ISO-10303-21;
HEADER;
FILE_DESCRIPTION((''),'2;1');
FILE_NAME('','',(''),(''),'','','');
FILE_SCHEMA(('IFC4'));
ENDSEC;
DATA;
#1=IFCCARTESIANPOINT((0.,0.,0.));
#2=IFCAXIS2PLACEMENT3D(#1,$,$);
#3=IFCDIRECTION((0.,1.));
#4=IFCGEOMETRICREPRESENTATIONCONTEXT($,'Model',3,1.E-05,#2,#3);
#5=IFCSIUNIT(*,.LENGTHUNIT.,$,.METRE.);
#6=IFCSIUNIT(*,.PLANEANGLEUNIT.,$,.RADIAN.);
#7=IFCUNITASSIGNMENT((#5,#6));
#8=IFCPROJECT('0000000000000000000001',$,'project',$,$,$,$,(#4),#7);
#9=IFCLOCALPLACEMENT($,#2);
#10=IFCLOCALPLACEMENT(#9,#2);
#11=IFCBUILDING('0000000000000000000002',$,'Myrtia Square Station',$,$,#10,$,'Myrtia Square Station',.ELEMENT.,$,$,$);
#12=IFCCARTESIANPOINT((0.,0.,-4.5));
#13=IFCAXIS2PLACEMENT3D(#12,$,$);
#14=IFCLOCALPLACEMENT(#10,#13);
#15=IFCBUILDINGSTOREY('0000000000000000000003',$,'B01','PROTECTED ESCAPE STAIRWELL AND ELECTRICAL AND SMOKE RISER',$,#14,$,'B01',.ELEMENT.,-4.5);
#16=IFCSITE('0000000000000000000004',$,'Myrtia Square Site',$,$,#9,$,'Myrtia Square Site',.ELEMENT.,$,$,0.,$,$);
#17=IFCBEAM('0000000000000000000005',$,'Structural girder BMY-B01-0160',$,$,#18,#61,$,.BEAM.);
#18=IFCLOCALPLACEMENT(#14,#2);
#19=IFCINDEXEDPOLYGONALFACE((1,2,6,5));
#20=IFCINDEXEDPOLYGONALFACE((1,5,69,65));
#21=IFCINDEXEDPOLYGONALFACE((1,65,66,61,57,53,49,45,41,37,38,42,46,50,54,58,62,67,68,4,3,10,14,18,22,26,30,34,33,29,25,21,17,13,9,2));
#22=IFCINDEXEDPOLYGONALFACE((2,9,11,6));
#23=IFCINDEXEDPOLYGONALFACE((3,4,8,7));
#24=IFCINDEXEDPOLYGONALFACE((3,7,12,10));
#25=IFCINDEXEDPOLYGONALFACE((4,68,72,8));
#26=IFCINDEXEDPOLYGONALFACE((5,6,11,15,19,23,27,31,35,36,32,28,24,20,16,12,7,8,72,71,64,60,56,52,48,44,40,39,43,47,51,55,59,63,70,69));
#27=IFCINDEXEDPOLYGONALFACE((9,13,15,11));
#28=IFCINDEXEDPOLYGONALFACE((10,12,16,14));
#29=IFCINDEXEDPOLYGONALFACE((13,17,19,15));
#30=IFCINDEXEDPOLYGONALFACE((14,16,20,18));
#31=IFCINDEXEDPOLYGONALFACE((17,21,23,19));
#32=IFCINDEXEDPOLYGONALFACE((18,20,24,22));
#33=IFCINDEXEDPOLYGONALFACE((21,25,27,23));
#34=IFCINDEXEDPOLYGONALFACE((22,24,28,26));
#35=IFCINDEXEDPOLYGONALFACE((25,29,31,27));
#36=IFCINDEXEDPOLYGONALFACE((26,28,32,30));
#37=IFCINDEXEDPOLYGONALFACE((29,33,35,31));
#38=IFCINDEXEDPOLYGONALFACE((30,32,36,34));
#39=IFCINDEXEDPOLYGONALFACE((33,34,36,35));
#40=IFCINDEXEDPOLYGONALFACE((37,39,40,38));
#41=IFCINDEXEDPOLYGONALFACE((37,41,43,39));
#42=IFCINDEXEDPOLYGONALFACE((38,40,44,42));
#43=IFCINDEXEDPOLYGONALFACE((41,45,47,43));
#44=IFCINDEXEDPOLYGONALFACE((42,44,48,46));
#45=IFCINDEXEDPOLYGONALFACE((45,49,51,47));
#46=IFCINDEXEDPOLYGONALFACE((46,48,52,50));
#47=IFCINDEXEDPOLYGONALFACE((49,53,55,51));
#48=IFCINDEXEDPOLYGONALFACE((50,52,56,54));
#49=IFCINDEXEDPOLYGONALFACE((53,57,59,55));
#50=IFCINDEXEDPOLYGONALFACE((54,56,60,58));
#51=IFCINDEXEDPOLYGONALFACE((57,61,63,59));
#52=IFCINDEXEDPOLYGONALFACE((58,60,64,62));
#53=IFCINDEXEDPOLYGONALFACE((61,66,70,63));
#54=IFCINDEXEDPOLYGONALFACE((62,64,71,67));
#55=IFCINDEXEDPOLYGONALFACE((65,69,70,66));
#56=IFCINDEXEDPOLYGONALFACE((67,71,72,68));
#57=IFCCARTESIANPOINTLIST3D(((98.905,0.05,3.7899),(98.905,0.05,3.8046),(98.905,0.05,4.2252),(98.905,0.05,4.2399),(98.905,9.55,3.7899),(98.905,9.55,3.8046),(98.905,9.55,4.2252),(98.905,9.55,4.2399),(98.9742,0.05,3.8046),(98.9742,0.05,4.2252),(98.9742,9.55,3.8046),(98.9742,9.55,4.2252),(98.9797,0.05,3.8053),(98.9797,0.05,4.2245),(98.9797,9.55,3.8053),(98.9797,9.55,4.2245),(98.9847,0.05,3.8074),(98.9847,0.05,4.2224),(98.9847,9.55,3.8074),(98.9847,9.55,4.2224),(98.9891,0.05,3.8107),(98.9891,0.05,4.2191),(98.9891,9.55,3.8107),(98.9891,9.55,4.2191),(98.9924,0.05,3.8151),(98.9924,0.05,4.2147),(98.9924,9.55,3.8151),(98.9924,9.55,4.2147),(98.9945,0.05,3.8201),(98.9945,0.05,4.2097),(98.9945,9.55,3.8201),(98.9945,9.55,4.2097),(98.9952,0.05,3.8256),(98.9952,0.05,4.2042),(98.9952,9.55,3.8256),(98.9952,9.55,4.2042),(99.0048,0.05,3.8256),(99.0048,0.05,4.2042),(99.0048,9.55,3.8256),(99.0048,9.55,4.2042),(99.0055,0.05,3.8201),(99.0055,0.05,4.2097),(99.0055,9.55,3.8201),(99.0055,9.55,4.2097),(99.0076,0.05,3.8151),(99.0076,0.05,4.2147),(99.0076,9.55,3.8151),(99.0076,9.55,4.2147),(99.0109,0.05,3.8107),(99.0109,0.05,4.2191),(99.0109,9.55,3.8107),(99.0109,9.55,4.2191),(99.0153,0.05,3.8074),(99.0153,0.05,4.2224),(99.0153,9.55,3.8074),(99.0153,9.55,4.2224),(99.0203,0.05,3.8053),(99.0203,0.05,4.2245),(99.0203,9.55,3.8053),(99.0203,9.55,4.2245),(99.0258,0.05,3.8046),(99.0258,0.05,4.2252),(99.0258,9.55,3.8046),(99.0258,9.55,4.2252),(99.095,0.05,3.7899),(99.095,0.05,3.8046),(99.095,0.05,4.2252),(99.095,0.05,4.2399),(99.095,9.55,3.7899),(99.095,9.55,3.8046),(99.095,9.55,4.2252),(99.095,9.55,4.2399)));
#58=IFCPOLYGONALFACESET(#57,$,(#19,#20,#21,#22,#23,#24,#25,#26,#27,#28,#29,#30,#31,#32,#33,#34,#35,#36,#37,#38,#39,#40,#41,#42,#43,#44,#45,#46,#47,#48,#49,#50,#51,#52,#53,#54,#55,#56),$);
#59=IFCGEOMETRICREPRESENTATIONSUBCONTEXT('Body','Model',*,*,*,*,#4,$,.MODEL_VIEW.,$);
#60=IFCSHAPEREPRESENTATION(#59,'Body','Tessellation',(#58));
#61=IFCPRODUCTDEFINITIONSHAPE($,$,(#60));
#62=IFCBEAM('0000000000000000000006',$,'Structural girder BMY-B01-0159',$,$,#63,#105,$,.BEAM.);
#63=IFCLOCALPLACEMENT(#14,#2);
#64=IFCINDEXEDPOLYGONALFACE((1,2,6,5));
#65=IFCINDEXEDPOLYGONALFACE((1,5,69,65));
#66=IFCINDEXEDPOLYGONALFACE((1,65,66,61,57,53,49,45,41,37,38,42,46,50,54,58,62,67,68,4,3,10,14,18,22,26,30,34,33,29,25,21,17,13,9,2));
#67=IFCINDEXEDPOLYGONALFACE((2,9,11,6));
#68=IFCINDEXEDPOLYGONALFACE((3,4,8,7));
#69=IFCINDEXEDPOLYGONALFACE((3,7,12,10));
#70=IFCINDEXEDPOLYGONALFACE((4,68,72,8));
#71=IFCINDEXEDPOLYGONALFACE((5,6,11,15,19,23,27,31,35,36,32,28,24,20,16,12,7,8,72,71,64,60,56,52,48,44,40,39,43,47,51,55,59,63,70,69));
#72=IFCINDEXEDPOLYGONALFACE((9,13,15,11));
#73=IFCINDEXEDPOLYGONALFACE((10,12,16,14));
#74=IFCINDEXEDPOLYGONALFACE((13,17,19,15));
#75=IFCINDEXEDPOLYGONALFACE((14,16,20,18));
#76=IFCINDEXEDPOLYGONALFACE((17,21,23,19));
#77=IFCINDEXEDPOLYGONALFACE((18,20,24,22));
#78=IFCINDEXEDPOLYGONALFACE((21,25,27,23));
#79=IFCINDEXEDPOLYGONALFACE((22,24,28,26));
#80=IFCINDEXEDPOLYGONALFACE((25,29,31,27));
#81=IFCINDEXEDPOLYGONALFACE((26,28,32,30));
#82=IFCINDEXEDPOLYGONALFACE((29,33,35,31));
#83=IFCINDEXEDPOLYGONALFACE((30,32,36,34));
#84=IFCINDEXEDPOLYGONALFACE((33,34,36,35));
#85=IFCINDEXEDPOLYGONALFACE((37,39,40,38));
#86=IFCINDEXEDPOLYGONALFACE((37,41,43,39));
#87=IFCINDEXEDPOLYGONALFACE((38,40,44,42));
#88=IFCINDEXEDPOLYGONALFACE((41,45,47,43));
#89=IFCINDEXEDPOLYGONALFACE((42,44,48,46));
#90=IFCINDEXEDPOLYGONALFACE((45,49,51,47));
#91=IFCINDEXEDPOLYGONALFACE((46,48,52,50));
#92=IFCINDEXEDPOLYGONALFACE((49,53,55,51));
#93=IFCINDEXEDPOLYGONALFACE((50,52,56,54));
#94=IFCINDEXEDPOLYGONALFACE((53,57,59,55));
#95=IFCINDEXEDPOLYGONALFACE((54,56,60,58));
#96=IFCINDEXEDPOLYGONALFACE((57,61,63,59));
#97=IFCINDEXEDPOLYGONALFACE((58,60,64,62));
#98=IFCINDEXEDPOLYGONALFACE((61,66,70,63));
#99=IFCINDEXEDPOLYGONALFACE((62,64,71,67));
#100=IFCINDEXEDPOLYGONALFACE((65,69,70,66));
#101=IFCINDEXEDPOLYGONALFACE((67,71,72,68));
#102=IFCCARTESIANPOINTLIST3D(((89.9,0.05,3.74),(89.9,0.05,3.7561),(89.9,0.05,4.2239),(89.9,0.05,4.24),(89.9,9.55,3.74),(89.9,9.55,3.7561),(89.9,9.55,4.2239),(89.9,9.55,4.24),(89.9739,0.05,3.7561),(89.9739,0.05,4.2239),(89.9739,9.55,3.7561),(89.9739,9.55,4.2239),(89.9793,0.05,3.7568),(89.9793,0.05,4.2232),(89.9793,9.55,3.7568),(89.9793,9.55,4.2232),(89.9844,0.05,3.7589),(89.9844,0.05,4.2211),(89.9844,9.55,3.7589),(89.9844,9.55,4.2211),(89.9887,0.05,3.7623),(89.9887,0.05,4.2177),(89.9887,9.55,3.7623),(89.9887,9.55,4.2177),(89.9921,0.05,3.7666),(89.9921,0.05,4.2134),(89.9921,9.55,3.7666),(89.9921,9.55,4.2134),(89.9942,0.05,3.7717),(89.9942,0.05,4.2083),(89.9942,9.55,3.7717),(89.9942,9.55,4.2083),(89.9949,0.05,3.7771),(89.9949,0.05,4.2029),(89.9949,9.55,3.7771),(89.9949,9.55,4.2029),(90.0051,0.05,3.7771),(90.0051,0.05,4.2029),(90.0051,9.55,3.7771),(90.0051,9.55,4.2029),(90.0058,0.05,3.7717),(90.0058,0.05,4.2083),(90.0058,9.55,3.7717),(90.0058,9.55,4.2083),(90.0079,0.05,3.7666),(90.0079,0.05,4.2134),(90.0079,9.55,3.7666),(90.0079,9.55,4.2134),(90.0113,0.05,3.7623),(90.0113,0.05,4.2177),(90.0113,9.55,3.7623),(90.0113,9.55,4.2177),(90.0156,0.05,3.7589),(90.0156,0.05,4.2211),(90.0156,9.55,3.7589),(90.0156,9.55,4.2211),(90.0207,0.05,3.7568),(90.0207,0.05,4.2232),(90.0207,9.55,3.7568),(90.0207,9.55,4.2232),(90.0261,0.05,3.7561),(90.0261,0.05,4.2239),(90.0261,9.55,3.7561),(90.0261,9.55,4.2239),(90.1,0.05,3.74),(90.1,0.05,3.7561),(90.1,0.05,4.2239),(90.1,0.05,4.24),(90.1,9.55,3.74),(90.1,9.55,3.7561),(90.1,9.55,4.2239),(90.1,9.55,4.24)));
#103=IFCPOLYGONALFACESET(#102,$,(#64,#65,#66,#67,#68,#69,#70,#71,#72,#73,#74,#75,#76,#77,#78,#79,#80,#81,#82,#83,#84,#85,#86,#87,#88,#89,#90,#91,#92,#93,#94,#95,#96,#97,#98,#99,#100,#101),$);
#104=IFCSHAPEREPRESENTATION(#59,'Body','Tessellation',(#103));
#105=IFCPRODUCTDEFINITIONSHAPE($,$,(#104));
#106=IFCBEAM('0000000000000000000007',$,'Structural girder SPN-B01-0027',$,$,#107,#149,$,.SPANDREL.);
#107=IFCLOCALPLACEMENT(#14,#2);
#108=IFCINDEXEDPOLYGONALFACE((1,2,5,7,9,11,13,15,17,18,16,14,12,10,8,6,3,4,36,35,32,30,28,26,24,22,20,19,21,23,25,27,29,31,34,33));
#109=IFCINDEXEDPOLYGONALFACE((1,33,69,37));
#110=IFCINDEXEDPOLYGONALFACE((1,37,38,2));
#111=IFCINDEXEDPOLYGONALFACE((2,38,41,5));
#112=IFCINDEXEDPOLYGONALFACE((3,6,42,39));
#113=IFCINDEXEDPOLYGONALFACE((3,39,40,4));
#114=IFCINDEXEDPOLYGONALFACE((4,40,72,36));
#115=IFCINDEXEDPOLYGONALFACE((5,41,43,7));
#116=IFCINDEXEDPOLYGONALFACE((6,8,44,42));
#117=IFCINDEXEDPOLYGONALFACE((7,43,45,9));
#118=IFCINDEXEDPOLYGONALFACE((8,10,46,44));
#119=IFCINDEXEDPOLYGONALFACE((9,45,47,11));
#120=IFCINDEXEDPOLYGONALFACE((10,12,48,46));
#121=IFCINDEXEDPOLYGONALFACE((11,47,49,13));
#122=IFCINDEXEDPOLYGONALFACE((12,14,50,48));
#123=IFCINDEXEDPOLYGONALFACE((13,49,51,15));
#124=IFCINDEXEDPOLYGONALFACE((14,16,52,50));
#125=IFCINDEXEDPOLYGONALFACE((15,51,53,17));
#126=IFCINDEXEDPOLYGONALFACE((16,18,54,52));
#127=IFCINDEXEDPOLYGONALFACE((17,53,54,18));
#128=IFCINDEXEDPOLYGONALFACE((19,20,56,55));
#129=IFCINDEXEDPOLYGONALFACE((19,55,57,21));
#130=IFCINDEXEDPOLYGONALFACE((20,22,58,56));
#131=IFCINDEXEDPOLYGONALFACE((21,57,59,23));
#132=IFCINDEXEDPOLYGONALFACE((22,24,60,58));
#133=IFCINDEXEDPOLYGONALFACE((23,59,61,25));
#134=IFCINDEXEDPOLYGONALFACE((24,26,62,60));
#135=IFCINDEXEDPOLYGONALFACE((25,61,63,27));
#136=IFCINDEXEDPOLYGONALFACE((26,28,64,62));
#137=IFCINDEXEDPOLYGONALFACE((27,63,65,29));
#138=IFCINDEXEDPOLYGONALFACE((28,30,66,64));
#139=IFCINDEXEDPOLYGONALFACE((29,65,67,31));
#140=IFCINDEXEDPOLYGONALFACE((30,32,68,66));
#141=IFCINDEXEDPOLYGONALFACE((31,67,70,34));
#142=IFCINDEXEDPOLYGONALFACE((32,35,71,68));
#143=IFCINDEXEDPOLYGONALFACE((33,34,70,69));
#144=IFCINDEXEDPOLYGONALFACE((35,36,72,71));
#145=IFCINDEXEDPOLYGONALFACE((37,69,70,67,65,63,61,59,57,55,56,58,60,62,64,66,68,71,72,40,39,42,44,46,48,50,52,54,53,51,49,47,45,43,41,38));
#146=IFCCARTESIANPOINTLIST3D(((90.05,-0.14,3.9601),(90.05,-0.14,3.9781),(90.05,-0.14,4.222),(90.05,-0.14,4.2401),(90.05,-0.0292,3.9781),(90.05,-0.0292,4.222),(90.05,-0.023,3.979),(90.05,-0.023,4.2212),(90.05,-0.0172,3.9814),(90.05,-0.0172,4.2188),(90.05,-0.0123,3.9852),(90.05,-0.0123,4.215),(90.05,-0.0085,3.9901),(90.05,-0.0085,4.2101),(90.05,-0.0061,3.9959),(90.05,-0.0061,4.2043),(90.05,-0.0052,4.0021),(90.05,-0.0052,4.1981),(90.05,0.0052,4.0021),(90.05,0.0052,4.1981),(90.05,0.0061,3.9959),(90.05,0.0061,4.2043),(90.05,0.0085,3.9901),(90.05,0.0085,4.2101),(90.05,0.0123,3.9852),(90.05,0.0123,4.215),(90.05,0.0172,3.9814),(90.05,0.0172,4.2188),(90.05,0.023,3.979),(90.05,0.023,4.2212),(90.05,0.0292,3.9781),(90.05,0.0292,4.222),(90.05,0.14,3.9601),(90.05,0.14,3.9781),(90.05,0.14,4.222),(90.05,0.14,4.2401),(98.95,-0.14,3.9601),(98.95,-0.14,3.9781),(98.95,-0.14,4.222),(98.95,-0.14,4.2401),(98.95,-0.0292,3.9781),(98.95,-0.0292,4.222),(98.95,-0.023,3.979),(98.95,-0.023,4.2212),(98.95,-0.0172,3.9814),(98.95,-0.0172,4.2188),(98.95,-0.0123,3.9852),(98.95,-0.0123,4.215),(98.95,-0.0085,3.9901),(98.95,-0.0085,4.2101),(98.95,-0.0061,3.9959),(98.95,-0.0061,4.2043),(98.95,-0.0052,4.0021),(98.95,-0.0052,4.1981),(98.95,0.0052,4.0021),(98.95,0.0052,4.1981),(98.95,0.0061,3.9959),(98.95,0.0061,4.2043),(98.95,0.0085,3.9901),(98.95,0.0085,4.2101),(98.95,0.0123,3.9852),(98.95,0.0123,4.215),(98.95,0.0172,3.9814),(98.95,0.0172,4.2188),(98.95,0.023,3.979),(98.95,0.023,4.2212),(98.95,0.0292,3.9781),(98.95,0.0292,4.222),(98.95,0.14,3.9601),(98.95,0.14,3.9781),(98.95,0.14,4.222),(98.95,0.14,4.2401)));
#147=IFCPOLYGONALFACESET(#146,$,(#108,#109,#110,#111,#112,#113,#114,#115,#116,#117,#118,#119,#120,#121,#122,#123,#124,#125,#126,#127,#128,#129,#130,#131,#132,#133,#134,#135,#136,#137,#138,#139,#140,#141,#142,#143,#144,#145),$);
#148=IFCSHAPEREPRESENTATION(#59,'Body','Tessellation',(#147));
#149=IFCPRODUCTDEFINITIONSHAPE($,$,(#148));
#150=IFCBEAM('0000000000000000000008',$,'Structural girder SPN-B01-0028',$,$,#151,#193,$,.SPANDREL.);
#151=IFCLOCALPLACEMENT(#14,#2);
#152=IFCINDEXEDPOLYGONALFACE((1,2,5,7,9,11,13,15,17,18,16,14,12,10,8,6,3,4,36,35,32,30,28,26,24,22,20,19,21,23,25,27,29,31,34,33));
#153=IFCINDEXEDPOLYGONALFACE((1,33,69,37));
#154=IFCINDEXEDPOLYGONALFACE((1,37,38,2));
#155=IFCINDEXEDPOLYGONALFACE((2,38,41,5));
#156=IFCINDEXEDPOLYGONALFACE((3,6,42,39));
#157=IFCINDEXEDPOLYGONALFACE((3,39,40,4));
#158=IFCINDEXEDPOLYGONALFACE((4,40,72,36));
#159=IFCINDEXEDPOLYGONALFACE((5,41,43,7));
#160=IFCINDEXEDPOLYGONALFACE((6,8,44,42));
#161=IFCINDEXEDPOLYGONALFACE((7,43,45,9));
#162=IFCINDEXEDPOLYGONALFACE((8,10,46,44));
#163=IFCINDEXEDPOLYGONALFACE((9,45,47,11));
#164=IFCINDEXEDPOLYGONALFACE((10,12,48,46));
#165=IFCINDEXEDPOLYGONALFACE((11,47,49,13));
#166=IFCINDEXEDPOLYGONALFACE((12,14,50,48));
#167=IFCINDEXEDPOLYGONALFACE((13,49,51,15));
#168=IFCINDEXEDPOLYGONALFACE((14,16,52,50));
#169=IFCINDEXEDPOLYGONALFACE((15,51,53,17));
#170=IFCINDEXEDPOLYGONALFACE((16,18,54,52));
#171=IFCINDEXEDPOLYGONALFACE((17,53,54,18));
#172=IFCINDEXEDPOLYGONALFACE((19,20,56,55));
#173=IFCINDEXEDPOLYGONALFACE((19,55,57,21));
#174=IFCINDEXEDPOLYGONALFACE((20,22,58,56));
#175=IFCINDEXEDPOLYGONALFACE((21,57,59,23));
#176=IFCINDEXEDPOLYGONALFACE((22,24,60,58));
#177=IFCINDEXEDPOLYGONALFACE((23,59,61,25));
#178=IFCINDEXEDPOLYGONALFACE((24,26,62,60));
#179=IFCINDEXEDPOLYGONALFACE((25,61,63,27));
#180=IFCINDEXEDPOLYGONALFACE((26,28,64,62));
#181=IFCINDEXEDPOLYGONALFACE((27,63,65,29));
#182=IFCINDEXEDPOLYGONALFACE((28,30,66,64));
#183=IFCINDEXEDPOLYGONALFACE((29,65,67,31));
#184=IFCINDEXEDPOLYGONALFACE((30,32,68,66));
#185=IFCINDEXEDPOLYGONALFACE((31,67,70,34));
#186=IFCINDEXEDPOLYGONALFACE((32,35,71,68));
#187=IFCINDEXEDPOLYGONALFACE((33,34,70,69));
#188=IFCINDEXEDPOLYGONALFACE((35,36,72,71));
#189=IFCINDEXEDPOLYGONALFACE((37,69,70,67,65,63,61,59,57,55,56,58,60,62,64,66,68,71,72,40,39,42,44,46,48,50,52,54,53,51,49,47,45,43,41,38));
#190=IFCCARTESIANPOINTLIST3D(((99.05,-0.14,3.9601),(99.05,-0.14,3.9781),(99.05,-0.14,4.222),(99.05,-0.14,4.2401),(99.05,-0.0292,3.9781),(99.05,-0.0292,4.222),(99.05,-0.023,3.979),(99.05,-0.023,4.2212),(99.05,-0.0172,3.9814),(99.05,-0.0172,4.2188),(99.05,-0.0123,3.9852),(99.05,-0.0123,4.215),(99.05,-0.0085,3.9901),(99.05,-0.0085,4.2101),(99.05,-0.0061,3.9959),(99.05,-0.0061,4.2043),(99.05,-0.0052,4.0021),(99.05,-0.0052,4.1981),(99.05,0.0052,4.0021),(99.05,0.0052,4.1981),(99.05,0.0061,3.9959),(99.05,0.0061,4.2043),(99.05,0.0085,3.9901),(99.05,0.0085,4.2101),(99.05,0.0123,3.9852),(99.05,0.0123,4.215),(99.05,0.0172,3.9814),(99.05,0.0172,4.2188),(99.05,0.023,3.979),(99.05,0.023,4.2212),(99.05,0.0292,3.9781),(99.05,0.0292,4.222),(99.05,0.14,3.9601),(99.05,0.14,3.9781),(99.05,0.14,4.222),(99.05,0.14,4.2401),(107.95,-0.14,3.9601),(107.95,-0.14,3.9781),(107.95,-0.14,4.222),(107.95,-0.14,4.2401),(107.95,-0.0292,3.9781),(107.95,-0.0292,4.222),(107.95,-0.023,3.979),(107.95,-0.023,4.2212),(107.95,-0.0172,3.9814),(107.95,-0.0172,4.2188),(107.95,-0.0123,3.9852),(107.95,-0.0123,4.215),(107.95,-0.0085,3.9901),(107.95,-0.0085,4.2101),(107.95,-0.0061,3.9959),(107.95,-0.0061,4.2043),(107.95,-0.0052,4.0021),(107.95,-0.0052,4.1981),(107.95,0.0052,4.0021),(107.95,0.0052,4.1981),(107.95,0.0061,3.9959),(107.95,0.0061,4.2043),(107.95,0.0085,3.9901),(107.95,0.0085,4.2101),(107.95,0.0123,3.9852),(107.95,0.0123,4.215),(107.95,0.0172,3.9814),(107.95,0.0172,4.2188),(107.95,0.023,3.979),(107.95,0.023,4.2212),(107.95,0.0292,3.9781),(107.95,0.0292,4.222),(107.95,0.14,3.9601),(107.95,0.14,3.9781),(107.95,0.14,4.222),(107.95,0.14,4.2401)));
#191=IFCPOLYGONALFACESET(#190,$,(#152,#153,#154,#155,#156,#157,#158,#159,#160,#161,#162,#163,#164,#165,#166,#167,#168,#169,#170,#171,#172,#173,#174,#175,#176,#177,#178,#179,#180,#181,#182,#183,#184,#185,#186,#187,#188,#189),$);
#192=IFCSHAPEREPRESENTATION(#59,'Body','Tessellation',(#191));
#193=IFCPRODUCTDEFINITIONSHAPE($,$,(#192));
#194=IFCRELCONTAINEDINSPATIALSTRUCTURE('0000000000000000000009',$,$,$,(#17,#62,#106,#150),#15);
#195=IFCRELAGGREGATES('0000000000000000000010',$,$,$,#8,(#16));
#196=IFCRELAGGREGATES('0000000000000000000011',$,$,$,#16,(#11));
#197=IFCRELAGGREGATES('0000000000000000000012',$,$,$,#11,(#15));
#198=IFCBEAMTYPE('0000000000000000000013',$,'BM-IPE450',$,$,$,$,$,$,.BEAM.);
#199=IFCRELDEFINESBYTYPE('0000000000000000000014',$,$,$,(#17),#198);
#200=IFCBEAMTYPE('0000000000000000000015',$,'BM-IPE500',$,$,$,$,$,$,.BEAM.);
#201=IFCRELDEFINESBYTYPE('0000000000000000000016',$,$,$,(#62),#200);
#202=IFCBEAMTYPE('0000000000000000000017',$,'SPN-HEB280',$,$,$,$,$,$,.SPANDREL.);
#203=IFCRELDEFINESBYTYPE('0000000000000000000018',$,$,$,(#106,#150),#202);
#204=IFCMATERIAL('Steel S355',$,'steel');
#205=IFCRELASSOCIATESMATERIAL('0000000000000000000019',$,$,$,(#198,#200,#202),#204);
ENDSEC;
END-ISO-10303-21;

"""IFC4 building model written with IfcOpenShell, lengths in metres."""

from ifc_helpers import new_model, si_unit, direction, frame, origin, origin_2d, place, context, subcontext, project, spatial, i_section, extrude, material, material_profile, profile_set, type_object, element, save


model = new_model("IFC4")

# Units and contexts
model_context = context("Model", 3, precision=1e-05, world=origin(), true_north=direction((0.0, 1.0)))
body_context = subcontext(model_context, "Body", "Model", "MODEL_VIEW")
ifc_project = project(units=[si_unit("LENGTHUNIT", "METRE"), si_unit("PLANEANGLEUNIT", "RADIAN")], contexts=[model_context])

# Site, building, storey
site_placement = place(None, origin())
site = spatial("IfcSite", under=ifc_project, at=site_placement, Name="Myrtia Square Site", LongName="Myrtia Square Site", CompositionType="ELEMENT", RefElevation=0.0)
building_placement = place(site_placement, origin())
building = spatial("IfcBuilding", under=site, at=building_placement, Name="Myrtia Square Station", LongName="Myrtia Square Station", CompositionType="ELEMENT")
storey_placement = place(building_placement, frame((0.0, 0.0, -4.5)))
storey = spatial("IfcBuildingStorey", under=building, at=storey_placement, Name="B01", Description="PROTECTED ESCAPE STAIRWELL AND ELECTRICAL AND SMOKE RISER", LongName="B01", CompositionType="ELEMENT", Elevation=-4.5)

# Beams
ifc_material_1 = material(Name="Steel S355", Category="steel")
ifc_material_profile_1 = material_profile(ifc_material_1, i_section(OverallWidth=0.1899, OverallDepth=0.45, WebThickness=0.0095, FlangeThickness=0.0146, FilletRadius=0.021, at=origin_2d()), Name="IPE 450")
ifc_profile_set_1 = profile_set([ifc_material_profile_1], Name="Steel S355")
beam_type_1 = type_object("IfcBeamType", Name="BM-IPE450", PredefinedType="BEAM", material=ifc_profile_set_1)
beam_1_placement = place(storey_placement, frame((99.0, 0.05, 4.0149), z_axis=(0.0, 1.0, 0.0), x_axis=(-1.0, 0.0, 0.0)))
element("IfcBeam", 1, at=beam_1_placement, inside=storey, type_object=beam_type_1, Name="Structural girder BMY-B01-0160", PredefinedType="BEAM", context=body_context, shape_type="SweptSolid", body=[
    extrude(i_section(OverallWidth=0.1899, OverallDepth=0.45, WebThickness=0.0095, FlangeThickness=0.0146, FilletRadius=0.021, at=origin_2d()), origin(), (0.0, 0.0, 1.0), 9.5),
])
ifc_material_profile_2 = material_profile(ifc_material_1, i_section(OverallWidth=0.2, OverallDepth=0.5, WebThickness=0.0103, FlangeThickness=0.0161, FilletRadius=0.021, at=origin_2d()), Name="IPE 500")
ifc_profile_set_2 = profile_set([ifc_material_profile_2], Name="Steel S355")
beam_type_2 = type_object("IfcBeamType", Name="BM-IPE500", PredefinedType="BEAM", material=ifc_profile_set_2)
beam_2_placement = place(storey_placement, frame((90.0, 0.05, 3.99), z_axis=(0.0, 1.0, 0.0), x_axis=(-1.0, 0.0, 0.0)))
element("IfcBeam", 2, at=beam_2_placement, inside=storey, type_object=beam_type_2, Name="Structural girder BMY-B01-0159", PredefinedType="BEAM", context=body_context, shape_type="SweptSolid", body=[
    extrude(i_section(OverallWidth=0.2, OverallDepth=0.5, WebThickness=0.0103, FlangeThickness=0.0161, FilletRadius=0.021, at=origin_2d()), origin(), (0.0, 0.0, 1.0), 9.5),
])
ifc_material_profile_3 = material_profile(ifc_material_1, i_section(OverallWidth=0.28, OverallDepth=0.28, WebThickness=0.0105, FlangeThickness=0.0181, FilletRadius=0.0239, at=origin_2d()), Name="HEB 280")
ifc_profile_set_3 = profile_set([ifc_material_profile_3], Name="Steel S355")
beam_type_3 = type_object("IfcBeamType", Name="SPN-HEB280", PredefinedType="SPANDREL", material=ifc_profile_set_3)
for number, where, z_axis, x_axis, name in (
    (3, (90.05, 0.0, 4.1001), (1.0, 0.0, 0.0), (0.0, 1.0, 0.0), "Structural girder SPN-B01-0027"),
    (4, (99.05, 0.0, 4.1001), (1.0, 0.0, 0.0), (0.0, 1.0, 0.0), "Structural girder SPN-B01-0028"),
):
    element("IfcBeam", number, at=place(storey_placement, frame(where, z_axis=z_axis, x_axis=x_axis)), inside=storey, type_object=beam_type_3, Name=name, PredefinedType="SPANDREL", context=body_context, shape_type="SweptSolid", body=[
        extrude(i_section(OverallWidth=0.28, OverallDepth=0.28, WebThickness=0.0105, FlangeThickness=0.0181, FilletRadius=0.0239, at=origin_2d()), origin(), (0.0, 0.0, 1.0), 8.8999),
    ])

save(model, "model.ifc")
